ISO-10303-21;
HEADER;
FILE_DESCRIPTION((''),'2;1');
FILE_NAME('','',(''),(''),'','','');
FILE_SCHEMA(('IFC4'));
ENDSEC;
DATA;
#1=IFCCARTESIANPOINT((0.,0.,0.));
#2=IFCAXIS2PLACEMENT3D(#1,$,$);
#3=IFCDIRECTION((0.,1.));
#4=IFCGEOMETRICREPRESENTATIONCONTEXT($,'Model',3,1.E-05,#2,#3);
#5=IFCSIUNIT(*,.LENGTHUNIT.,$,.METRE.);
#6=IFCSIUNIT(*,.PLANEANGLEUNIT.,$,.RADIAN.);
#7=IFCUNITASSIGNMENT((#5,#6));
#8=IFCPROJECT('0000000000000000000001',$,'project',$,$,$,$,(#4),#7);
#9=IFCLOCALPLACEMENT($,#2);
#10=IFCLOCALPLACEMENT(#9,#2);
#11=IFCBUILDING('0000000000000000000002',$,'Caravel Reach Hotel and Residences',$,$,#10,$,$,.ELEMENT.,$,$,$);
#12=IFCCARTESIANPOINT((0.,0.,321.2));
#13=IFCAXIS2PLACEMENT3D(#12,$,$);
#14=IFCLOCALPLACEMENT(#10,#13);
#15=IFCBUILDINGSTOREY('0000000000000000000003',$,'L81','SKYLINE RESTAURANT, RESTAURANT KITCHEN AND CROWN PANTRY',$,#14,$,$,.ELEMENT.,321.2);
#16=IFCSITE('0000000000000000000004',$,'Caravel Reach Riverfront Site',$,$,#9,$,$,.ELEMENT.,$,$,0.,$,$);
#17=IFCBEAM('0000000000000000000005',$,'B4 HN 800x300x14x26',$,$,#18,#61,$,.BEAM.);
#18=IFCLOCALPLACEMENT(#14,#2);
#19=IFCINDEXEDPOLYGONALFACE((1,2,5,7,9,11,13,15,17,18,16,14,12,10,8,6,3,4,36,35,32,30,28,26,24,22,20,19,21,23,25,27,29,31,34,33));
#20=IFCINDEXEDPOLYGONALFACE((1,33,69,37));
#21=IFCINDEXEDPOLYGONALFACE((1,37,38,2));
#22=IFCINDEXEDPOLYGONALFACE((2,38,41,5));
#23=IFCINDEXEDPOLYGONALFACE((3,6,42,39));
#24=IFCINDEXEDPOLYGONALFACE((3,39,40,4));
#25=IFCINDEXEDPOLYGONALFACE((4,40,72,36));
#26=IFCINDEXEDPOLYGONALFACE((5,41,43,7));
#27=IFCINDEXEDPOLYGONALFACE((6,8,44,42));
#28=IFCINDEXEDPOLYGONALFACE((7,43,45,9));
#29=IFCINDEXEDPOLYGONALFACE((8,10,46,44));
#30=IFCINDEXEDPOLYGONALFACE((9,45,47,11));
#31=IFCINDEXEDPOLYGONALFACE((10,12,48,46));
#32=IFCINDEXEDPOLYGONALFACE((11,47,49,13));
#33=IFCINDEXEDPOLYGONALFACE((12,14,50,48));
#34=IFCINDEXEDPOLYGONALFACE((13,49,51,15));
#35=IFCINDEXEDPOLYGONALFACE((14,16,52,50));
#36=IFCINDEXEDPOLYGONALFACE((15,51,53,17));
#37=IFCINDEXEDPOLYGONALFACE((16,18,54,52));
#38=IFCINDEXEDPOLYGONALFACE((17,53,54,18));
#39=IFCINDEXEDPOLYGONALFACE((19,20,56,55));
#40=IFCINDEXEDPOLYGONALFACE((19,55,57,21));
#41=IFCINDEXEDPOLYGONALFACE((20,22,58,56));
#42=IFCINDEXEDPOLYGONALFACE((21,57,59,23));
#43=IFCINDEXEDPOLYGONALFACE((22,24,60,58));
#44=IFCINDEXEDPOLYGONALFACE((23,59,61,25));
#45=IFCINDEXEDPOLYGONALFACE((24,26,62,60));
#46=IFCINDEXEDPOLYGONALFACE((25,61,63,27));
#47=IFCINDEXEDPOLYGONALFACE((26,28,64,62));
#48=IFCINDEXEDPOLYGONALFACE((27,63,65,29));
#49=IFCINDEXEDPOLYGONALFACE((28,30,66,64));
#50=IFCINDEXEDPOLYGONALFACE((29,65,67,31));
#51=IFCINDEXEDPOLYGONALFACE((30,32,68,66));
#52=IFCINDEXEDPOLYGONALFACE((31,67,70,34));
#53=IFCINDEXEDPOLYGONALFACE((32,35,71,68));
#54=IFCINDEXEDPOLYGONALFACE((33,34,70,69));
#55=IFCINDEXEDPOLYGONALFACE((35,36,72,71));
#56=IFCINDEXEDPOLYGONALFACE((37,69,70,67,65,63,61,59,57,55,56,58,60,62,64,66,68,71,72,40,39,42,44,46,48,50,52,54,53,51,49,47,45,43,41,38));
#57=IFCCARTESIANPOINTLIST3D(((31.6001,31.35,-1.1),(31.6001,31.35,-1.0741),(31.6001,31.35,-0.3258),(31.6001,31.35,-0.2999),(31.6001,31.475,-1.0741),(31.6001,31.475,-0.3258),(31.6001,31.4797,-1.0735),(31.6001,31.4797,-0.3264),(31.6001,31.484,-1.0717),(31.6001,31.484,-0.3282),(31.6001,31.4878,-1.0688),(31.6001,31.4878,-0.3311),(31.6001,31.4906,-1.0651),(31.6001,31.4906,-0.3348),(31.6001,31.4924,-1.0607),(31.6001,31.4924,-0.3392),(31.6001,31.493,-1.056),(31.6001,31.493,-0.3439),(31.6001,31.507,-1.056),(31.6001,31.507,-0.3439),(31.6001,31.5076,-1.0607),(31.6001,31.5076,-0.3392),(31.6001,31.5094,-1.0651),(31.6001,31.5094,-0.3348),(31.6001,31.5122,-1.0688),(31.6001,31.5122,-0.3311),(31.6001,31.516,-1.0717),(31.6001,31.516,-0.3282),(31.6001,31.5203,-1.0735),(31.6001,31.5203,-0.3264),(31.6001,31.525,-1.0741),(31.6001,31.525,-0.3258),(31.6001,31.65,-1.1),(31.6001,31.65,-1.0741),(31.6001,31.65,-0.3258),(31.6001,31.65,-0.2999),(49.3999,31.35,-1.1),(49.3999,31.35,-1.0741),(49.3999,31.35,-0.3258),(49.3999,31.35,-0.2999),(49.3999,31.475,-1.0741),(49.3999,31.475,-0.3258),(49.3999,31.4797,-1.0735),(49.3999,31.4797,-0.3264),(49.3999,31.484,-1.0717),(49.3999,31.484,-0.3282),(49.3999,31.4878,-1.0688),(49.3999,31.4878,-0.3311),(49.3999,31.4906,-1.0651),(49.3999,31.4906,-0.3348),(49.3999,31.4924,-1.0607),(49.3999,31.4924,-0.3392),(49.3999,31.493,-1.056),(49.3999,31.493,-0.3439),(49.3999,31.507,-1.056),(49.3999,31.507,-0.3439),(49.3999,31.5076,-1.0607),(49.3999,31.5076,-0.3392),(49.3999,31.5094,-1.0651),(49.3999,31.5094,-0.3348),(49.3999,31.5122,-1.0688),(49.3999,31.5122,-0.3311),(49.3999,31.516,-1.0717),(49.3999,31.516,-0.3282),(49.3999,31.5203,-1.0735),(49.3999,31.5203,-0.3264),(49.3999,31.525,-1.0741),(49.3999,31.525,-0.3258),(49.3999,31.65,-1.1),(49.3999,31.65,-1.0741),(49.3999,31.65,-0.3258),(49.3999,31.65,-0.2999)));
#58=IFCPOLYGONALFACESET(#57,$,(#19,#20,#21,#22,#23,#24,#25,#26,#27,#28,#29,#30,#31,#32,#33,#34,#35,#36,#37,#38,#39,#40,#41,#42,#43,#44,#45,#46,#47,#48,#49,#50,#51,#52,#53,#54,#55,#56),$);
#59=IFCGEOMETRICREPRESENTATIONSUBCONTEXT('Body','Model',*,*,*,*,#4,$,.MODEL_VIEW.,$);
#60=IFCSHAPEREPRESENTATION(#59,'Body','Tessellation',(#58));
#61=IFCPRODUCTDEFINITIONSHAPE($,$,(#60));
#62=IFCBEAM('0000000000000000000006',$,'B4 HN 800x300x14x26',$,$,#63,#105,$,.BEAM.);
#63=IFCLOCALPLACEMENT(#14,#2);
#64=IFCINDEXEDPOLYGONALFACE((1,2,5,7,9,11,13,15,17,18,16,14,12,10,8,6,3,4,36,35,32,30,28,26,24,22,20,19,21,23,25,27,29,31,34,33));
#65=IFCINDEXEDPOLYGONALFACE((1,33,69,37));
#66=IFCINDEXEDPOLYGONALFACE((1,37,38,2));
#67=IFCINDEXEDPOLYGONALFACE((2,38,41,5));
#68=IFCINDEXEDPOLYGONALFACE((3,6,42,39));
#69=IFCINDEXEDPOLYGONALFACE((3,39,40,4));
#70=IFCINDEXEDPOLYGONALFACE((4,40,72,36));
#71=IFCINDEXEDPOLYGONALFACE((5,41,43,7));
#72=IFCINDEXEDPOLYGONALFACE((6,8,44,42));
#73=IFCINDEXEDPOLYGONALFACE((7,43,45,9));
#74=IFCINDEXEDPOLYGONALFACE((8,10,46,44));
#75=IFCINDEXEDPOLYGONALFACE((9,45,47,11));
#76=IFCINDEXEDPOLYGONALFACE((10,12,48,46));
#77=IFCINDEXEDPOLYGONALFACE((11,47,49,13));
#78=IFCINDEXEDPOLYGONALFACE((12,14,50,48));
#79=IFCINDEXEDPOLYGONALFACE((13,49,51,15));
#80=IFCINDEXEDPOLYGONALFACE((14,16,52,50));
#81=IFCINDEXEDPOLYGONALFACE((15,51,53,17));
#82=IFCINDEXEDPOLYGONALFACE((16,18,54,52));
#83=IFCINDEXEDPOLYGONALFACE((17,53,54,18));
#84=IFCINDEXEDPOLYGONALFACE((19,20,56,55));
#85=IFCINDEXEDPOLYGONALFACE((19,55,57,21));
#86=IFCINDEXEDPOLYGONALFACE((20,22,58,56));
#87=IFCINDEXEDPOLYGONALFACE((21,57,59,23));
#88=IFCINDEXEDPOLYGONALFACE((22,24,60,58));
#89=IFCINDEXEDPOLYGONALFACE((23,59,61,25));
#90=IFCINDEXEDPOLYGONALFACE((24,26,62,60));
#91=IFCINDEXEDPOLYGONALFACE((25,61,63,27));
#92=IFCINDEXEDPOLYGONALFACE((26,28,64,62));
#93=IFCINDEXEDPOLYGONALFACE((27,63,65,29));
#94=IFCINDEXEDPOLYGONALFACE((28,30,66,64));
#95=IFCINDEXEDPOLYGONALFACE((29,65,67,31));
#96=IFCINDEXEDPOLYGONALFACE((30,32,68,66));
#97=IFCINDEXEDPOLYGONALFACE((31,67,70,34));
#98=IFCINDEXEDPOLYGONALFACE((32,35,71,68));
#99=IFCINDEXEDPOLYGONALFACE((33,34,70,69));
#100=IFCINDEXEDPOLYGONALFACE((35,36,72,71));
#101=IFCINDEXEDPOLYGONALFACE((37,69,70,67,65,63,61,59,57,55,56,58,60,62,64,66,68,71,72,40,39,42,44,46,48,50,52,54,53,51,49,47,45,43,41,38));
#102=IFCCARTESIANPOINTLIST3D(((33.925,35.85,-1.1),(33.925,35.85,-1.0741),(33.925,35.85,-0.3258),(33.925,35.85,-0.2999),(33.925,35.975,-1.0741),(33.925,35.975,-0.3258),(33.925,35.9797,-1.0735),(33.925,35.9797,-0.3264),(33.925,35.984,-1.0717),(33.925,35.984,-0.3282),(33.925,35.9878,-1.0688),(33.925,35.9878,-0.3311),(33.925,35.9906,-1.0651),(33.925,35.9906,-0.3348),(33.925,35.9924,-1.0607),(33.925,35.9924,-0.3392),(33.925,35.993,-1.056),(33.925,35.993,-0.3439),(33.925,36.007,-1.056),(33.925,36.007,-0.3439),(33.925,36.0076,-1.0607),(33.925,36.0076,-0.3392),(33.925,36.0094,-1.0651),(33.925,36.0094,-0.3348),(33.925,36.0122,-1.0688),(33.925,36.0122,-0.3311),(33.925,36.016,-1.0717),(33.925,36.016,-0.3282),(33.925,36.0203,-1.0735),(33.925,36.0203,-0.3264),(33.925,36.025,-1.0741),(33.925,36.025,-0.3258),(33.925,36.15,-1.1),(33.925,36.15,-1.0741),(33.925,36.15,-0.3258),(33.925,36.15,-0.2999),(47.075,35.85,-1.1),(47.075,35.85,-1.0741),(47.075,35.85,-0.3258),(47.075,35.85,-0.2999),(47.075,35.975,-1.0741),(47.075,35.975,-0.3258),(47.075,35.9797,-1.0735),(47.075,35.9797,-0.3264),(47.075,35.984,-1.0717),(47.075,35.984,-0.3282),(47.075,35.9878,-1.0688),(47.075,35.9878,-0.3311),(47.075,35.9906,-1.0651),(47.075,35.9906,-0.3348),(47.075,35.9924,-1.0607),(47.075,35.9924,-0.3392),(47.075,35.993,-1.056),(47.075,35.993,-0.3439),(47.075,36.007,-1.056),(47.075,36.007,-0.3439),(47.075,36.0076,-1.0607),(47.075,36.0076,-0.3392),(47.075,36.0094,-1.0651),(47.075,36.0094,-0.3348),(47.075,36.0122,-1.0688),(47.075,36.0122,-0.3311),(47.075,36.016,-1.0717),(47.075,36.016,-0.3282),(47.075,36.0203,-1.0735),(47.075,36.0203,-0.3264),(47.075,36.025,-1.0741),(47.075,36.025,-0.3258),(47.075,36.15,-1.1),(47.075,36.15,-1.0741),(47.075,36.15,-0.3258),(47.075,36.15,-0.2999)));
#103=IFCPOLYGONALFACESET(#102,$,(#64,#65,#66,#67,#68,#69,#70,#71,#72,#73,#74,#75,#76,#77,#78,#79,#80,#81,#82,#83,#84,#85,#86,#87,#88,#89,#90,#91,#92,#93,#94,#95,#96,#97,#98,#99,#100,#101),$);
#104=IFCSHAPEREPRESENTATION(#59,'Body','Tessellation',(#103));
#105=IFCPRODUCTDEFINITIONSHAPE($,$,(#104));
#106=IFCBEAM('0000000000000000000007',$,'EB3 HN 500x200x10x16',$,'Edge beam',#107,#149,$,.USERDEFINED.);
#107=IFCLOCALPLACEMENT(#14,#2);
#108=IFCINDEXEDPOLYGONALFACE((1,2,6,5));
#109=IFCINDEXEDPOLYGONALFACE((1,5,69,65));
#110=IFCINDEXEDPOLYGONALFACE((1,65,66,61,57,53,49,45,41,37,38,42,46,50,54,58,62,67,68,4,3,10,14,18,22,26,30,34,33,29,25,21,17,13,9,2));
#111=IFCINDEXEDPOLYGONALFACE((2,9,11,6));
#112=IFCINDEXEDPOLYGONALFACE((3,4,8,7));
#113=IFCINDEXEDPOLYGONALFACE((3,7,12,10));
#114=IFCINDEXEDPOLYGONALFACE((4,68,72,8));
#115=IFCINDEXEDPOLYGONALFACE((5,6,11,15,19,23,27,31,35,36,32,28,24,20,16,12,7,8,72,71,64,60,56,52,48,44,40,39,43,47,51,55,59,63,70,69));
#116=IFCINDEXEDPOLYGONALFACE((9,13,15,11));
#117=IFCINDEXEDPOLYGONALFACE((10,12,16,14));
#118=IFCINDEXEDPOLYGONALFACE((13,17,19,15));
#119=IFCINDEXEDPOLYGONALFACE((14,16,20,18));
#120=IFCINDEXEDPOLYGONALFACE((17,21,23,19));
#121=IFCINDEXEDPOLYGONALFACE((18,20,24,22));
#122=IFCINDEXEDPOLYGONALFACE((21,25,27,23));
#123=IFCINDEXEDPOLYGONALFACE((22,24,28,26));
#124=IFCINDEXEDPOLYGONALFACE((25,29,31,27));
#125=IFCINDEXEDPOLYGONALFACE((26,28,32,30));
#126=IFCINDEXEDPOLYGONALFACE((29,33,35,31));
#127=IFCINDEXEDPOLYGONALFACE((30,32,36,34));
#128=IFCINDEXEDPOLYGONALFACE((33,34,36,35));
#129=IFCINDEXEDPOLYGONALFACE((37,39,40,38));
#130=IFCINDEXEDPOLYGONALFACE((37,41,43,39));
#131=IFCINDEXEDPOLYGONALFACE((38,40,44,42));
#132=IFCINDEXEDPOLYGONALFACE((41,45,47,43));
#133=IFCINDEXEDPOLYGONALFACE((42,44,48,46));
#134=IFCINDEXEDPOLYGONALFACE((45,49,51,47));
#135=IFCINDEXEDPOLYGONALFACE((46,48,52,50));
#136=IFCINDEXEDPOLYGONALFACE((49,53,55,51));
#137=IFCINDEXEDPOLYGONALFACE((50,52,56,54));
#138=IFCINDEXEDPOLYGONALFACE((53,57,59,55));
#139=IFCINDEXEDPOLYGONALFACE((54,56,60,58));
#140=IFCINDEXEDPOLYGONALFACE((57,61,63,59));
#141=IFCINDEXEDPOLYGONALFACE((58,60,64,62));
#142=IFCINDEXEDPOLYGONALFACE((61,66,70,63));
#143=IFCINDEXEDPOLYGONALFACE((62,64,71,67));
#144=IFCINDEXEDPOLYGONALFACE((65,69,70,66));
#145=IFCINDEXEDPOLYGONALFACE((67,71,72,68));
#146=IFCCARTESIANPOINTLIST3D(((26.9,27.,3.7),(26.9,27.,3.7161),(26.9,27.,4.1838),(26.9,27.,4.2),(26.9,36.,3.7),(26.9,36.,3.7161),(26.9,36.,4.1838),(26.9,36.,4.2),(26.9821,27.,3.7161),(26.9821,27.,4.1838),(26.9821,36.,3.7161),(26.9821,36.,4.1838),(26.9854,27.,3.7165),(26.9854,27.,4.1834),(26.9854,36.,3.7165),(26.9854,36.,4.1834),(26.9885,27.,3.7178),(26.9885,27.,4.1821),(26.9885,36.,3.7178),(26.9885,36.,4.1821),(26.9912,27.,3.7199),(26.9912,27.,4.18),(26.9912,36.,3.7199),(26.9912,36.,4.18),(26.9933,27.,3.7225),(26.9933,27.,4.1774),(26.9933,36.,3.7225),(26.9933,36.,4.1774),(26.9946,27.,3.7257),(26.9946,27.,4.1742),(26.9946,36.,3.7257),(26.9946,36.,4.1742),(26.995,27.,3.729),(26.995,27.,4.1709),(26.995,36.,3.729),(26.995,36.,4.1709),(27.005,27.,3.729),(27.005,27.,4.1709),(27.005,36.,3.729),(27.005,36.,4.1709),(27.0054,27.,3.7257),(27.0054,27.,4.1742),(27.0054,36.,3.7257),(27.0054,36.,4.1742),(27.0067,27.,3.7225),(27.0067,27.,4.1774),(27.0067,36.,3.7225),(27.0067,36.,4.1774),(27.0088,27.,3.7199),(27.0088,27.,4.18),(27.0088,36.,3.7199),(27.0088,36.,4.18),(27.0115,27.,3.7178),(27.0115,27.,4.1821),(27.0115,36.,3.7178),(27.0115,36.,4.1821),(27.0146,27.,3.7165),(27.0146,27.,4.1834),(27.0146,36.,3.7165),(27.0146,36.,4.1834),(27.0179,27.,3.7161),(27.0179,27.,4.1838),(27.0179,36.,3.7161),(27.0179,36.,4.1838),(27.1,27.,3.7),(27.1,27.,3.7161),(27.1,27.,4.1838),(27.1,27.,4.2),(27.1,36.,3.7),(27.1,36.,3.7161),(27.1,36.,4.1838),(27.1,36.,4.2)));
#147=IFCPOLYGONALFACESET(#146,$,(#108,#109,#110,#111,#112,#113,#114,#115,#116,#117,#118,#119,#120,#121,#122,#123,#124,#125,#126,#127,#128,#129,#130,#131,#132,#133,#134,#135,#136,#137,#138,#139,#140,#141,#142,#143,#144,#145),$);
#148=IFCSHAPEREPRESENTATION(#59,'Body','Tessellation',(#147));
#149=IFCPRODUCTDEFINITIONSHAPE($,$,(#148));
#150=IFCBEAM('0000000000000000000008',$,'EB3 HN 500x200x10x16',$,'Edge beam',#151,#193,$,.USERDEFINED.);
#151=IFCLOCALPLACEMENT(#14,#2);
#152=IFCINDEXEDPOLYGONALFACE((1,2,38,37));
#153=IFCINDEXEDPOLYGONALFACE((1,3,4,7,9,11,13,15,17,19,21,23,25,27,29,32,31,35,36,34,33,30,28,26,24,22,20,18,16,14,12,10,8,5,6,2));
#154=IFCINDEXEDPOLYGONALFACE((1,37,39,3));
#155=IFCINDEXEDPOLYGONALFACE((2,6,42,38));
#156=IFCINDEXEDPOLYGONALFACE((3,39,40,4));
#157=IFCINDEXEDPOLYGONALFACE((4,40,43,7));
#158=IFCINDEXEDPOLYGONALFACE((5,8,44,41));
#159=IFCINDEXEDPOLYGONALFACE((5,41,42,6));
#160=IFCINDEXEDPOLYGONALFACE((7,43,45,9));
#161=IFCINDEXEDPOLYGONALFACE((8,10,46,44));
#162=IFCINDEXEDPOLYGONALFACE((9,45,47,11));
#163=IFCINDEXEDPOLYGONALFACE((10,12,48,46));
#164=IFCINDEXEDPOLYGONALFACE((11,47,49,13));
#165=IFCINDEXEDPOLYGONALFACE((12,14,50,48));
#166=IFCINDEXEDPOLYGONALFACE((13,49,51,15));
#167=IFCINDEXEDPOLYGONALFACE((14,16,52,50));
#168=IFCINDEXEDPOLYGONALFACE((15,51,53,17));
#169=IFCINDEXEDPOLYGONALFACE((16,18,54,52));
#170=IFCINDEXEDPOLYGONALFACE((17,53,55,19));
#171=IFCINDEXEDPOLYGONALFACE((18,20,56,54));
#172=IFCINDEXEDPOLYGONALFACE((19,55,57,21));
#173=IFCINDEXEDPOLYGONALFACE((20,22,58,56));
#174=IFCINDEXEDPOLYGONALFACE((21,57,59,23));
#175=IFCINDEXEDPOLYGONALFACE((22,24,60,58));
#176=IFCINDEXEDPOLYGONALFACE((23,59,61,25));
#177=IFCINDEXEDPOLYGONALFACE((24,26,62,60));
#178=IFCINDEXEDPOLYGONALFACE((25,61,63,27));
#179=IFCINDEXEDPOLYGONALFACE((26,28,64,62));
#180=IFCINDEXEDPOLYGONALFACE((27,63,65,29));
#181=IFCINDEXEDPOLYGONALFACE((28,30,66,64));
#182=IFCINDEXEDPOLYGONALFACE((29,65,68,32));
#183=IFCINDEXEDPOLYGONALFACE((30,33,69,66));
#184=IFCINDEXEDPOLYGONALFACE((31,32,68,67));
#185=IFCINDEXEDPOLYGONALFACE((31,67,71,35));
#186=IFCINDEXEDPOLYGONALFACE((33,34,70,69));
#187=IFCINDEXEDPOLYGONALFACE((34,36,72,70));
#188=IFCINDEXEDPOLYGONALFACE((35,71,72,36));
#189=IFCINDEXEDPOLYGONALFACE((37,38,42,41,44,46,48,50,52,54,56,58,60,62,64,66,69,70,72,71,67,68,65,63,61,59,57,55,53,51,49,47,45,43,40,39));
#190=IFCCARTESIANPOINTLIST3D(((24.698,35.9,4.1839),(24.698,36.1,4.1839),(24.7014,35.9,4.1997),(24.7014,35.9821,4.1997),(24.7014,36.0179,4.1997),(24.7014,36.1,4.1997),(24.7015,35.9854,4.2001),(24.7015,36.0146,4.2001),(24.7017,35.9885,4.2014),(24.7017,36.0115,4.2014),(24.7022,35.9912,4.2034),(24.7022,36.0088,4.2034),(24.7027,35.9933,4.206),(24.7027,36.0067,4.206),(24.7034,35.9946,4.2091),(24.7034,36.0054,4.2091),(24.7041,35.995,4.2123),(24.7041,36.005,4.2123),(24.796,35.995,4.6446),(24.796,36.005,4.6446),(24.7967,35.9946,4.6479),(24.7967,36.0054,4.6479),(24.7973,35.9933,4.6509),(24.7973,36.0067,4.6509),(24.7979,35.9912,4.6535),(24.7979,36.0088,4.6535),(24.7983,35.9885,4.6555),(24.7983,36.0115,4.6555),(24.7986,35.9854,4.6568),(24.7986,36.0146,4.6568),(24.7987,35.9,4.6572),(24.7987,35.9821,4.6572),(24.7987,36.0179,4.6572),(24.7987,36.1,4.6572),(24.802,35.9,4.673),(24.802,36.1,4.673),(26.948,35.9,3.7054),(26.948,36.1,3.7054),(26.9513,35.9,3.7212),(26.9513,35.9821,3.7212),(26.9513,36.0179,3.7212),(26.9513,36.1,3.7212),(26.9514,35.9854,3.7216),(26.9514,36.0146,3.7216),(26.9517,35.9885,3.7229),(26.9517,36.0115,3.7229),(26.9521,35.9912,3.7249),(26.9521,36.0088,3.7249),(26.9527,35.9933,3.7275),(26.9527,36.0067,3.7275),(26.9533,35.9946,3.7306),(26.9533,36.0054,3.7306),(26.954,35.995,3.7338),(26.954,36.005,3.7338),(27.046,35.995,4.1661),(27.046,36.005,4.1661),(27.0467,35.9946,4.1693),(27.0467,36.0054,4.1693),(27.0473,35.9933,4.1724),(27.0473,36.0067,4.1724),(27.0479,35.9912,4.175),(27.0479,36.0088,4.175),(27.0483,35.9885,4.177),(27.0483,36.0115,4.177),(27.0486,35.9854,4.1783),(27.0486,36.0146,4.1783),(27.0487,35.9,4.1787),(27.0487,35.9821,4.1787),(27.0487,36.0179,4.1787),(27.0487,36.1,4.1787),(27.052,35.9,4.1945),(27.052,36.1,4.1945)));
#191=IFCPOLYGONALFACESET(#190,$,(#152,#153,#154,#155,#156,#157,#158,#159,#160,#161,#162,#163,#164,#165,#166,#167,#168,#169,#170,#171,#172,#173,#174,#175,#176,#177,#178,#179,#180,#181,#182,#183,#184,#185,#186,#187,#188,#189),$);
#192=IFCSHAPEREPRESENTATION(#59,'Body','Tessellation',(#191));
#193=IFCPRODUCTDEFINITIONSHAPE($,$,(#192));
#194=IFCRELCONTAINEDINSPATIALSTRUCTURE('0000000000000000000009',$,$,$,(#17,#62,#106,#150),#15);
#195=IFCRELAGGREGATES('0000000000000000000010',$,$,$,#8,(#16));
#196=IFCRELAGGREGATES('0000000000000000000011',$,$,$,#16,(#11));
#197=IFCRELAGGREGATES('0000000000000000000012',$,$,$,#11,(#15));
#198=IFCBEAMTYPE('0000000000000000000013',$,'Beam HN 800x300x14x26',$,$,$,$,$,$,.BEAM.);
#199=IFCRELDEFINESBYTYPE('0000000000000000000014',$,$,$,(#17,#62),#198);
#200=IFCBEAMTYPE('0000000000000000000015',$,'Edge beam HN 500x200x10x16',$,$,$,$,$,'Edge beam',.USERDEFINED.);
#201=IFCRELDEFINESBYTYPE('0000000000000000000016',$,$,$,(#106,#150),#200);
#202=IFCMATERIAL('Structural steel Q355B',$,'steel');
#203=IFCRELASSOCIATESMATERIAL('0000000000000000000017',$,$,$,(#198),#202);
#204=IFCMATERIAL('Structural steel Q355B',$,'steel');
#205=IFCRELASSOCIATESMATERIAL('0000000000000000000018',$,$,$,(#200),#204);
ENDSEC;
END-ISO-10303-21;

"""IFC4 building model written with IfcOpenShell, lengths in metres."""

from ifc_helpers import new_model, si_unit, direction, frame, origin, origin_2d, place, context, subcontext, project, spatial, i_section, extrude, material, material_profile, profile_set, type_object, element, save


model = new_model("IFC4")

# Units and contexts
model_context = context("Model", 3, precision=1e-05, world=origin(), true_north=direction((0.0, 1.0)))
body_context = subcontext(model_context, "Body", "Model", "MODEL_VIEW")
ifc_project = project(units=[si_unit("LENGTHUNIT", "METRE"), si_unit("PLANEANGLEUNIT", "RADIAN")], contexts=[model_context])

# Site, building, storey
site_placement = place(None, origin())
site = spatial("IfcSite", under=ifc_project, at=site_placement, Name="Caravel Reach Riverfront Site", CompositionType="ELEMENT", RefElevation=0.0)
building_placement = place(site_placement, origin())
building = spatial("IfcBuilding", under=site, at=building_placement, Name="Caravel Reach Hotel and Residences", CompositionType="ELEMENT")
storey_placement = place(building_placement, frame((0.0, 0.0, 321.2)))
storey = spatial("IfcBuildingStorey", under=building, at=storey_placement, Name="L81", Description="SKYLINE RESTAURANT, RESTAURANT KITCHEN AND CROWN PANTRY", CompositionType="ELEMENT", Elevation=321.2)

# Beams
ifc_material_1 = material(Name="Structural steel Q355B", Category="steel")
ifc_material_profile_1 = material_profile(ifc_material_1, i_section(OverallWidth=0.3, OverallDepth=0.8, WebThickness=0.0139, FlangeThickness=0.0259, FilletRadius=0.0181, at=origin_2d()), Name="HN 800x300x14x26")
ifc_profile_set_1 = profile_set([ifc_material_profile_1], Name="Structural steel Q355B")
beam_type_1 = type_object("IfcBeamType", Name="Beam HN 800x300x14x26", PredefinedType="BEAM", material=ifc_profile_set_1)
beam_1_placement = place(storey_placement, frame((31.6001, 31.5, -0.7), z_axis=(1.0, 0.0, 0.0), x_axis=(0.0, 1.0, 0.0)))
element("IfcBeam", 1, at=beam_1_placement, inside=storey, type_object=beam_type_1, Name="B4 HN 800x300x14x26", PredefinedType="BEAM", context=body_context, shape_type="SweptSolid", body=[
    extrude(i_section(OverallWidth=0.3, OverallDepth=0.8, WebThickness=0.0139, FlangeThickness=0.0259, FilletRadius=0.0181, at=origin_2d()), origin(), (0.0, 0.0, 1.0), 17.7998),
])
beam_2_placement = place(storey_placement, frame((33.925, 36.0, -0.7), z_axis=(1.0, 0.0, 0.0), x_axis=(0.0, 1.0, 0.0)))
element("IfcBeam", 2, at=beam_2_placement, inside=storey, type_object=beam_type_1, Name="B4 HN 800x300x14x26", PredefinedType="BEAM", context=body_context, shape_type="SweptSolid", body=[
    extrude(i_section(OverallWidth=0.3, OverallDepth=0.8, WebThickness=0.0139, FlangeThickness=0.0259, FilletRadius=0.0181, at=origin_2d()), origin(), (0.0, 0.0, 1.0), 13.1499),
])
ifc_material_2 = material(Name="Structural steel Q355B", Category="steel")
ifc_material_profile_2 = material_profile(ifc_material_2, i_section(OverallWidth=0.2, OverallDepth=0.5, WebThickness=0.01, FlangeThickness=0.0161, FilletRadius=0.0129, at=origin_2d()), Name="HN 500x200x10x16")
ifc_profile_set_2 = profile_set([ifc_material_profile_2], Name="Structural steel Q355B")
beam_type_2 = type_object("IfcBeamType", Name="Edge beam HN 500x200x10x16", ElementType="Edge beam", PredefinedType="USERDEFINED", material=ifc_profile_set_2)
beam_3_placement = place(storey_placement, frame((27.0, 27.0, 3.95), z_axis=(0.0, 1.0, 0.0), x_axis=(-1.0, 0.0, 0.0)))
element("IfcBeam", 3, at=beam_3_placement, inside=storey, type_object=beam_type_2, Name="EB3 HN 500x200x10x16", ObjectType="Edge beam", PredefinedType="USERDEFINED", context=body_context, shape_type="SweptSolid", body=[
    extrude(i_section(OverallWidth=0.2, OverallDepth=0.5, WebThickness=0.01, FlangeThickness=0.0161, FilletRadius=0.0129, at=origin_2d()), origin(), (0.0, 0.0, 1.0), 9.0),
])
beam_4_placement = place(storey_placement, frame((27.0, 36.0, 3.95), z_axis=(-0.978124, 0.0, 0.208021), x_axis=(0.0, -1.0, 0.0)))
element("IfcBeam", 4, at=beam_4_placement, inside=storey, type_object=beam_type_2, Name="EB3 HN 500x200x10x16", ObjectType="Edge beam", PredefinedType="USERDEFINED", context=body_context, shape_type="SweptSolid", body=[
    extrude(i_section(OverallWidth=0.2, OverallDepth=0.5, WebThickness=0.01, FlangeThickness=0.0161, FilletRadius=0.0129, at=origin_2d()), origin(), (0.0, 0.0, 1.0), 2.3003),
])

save(model, "model.ifc")
